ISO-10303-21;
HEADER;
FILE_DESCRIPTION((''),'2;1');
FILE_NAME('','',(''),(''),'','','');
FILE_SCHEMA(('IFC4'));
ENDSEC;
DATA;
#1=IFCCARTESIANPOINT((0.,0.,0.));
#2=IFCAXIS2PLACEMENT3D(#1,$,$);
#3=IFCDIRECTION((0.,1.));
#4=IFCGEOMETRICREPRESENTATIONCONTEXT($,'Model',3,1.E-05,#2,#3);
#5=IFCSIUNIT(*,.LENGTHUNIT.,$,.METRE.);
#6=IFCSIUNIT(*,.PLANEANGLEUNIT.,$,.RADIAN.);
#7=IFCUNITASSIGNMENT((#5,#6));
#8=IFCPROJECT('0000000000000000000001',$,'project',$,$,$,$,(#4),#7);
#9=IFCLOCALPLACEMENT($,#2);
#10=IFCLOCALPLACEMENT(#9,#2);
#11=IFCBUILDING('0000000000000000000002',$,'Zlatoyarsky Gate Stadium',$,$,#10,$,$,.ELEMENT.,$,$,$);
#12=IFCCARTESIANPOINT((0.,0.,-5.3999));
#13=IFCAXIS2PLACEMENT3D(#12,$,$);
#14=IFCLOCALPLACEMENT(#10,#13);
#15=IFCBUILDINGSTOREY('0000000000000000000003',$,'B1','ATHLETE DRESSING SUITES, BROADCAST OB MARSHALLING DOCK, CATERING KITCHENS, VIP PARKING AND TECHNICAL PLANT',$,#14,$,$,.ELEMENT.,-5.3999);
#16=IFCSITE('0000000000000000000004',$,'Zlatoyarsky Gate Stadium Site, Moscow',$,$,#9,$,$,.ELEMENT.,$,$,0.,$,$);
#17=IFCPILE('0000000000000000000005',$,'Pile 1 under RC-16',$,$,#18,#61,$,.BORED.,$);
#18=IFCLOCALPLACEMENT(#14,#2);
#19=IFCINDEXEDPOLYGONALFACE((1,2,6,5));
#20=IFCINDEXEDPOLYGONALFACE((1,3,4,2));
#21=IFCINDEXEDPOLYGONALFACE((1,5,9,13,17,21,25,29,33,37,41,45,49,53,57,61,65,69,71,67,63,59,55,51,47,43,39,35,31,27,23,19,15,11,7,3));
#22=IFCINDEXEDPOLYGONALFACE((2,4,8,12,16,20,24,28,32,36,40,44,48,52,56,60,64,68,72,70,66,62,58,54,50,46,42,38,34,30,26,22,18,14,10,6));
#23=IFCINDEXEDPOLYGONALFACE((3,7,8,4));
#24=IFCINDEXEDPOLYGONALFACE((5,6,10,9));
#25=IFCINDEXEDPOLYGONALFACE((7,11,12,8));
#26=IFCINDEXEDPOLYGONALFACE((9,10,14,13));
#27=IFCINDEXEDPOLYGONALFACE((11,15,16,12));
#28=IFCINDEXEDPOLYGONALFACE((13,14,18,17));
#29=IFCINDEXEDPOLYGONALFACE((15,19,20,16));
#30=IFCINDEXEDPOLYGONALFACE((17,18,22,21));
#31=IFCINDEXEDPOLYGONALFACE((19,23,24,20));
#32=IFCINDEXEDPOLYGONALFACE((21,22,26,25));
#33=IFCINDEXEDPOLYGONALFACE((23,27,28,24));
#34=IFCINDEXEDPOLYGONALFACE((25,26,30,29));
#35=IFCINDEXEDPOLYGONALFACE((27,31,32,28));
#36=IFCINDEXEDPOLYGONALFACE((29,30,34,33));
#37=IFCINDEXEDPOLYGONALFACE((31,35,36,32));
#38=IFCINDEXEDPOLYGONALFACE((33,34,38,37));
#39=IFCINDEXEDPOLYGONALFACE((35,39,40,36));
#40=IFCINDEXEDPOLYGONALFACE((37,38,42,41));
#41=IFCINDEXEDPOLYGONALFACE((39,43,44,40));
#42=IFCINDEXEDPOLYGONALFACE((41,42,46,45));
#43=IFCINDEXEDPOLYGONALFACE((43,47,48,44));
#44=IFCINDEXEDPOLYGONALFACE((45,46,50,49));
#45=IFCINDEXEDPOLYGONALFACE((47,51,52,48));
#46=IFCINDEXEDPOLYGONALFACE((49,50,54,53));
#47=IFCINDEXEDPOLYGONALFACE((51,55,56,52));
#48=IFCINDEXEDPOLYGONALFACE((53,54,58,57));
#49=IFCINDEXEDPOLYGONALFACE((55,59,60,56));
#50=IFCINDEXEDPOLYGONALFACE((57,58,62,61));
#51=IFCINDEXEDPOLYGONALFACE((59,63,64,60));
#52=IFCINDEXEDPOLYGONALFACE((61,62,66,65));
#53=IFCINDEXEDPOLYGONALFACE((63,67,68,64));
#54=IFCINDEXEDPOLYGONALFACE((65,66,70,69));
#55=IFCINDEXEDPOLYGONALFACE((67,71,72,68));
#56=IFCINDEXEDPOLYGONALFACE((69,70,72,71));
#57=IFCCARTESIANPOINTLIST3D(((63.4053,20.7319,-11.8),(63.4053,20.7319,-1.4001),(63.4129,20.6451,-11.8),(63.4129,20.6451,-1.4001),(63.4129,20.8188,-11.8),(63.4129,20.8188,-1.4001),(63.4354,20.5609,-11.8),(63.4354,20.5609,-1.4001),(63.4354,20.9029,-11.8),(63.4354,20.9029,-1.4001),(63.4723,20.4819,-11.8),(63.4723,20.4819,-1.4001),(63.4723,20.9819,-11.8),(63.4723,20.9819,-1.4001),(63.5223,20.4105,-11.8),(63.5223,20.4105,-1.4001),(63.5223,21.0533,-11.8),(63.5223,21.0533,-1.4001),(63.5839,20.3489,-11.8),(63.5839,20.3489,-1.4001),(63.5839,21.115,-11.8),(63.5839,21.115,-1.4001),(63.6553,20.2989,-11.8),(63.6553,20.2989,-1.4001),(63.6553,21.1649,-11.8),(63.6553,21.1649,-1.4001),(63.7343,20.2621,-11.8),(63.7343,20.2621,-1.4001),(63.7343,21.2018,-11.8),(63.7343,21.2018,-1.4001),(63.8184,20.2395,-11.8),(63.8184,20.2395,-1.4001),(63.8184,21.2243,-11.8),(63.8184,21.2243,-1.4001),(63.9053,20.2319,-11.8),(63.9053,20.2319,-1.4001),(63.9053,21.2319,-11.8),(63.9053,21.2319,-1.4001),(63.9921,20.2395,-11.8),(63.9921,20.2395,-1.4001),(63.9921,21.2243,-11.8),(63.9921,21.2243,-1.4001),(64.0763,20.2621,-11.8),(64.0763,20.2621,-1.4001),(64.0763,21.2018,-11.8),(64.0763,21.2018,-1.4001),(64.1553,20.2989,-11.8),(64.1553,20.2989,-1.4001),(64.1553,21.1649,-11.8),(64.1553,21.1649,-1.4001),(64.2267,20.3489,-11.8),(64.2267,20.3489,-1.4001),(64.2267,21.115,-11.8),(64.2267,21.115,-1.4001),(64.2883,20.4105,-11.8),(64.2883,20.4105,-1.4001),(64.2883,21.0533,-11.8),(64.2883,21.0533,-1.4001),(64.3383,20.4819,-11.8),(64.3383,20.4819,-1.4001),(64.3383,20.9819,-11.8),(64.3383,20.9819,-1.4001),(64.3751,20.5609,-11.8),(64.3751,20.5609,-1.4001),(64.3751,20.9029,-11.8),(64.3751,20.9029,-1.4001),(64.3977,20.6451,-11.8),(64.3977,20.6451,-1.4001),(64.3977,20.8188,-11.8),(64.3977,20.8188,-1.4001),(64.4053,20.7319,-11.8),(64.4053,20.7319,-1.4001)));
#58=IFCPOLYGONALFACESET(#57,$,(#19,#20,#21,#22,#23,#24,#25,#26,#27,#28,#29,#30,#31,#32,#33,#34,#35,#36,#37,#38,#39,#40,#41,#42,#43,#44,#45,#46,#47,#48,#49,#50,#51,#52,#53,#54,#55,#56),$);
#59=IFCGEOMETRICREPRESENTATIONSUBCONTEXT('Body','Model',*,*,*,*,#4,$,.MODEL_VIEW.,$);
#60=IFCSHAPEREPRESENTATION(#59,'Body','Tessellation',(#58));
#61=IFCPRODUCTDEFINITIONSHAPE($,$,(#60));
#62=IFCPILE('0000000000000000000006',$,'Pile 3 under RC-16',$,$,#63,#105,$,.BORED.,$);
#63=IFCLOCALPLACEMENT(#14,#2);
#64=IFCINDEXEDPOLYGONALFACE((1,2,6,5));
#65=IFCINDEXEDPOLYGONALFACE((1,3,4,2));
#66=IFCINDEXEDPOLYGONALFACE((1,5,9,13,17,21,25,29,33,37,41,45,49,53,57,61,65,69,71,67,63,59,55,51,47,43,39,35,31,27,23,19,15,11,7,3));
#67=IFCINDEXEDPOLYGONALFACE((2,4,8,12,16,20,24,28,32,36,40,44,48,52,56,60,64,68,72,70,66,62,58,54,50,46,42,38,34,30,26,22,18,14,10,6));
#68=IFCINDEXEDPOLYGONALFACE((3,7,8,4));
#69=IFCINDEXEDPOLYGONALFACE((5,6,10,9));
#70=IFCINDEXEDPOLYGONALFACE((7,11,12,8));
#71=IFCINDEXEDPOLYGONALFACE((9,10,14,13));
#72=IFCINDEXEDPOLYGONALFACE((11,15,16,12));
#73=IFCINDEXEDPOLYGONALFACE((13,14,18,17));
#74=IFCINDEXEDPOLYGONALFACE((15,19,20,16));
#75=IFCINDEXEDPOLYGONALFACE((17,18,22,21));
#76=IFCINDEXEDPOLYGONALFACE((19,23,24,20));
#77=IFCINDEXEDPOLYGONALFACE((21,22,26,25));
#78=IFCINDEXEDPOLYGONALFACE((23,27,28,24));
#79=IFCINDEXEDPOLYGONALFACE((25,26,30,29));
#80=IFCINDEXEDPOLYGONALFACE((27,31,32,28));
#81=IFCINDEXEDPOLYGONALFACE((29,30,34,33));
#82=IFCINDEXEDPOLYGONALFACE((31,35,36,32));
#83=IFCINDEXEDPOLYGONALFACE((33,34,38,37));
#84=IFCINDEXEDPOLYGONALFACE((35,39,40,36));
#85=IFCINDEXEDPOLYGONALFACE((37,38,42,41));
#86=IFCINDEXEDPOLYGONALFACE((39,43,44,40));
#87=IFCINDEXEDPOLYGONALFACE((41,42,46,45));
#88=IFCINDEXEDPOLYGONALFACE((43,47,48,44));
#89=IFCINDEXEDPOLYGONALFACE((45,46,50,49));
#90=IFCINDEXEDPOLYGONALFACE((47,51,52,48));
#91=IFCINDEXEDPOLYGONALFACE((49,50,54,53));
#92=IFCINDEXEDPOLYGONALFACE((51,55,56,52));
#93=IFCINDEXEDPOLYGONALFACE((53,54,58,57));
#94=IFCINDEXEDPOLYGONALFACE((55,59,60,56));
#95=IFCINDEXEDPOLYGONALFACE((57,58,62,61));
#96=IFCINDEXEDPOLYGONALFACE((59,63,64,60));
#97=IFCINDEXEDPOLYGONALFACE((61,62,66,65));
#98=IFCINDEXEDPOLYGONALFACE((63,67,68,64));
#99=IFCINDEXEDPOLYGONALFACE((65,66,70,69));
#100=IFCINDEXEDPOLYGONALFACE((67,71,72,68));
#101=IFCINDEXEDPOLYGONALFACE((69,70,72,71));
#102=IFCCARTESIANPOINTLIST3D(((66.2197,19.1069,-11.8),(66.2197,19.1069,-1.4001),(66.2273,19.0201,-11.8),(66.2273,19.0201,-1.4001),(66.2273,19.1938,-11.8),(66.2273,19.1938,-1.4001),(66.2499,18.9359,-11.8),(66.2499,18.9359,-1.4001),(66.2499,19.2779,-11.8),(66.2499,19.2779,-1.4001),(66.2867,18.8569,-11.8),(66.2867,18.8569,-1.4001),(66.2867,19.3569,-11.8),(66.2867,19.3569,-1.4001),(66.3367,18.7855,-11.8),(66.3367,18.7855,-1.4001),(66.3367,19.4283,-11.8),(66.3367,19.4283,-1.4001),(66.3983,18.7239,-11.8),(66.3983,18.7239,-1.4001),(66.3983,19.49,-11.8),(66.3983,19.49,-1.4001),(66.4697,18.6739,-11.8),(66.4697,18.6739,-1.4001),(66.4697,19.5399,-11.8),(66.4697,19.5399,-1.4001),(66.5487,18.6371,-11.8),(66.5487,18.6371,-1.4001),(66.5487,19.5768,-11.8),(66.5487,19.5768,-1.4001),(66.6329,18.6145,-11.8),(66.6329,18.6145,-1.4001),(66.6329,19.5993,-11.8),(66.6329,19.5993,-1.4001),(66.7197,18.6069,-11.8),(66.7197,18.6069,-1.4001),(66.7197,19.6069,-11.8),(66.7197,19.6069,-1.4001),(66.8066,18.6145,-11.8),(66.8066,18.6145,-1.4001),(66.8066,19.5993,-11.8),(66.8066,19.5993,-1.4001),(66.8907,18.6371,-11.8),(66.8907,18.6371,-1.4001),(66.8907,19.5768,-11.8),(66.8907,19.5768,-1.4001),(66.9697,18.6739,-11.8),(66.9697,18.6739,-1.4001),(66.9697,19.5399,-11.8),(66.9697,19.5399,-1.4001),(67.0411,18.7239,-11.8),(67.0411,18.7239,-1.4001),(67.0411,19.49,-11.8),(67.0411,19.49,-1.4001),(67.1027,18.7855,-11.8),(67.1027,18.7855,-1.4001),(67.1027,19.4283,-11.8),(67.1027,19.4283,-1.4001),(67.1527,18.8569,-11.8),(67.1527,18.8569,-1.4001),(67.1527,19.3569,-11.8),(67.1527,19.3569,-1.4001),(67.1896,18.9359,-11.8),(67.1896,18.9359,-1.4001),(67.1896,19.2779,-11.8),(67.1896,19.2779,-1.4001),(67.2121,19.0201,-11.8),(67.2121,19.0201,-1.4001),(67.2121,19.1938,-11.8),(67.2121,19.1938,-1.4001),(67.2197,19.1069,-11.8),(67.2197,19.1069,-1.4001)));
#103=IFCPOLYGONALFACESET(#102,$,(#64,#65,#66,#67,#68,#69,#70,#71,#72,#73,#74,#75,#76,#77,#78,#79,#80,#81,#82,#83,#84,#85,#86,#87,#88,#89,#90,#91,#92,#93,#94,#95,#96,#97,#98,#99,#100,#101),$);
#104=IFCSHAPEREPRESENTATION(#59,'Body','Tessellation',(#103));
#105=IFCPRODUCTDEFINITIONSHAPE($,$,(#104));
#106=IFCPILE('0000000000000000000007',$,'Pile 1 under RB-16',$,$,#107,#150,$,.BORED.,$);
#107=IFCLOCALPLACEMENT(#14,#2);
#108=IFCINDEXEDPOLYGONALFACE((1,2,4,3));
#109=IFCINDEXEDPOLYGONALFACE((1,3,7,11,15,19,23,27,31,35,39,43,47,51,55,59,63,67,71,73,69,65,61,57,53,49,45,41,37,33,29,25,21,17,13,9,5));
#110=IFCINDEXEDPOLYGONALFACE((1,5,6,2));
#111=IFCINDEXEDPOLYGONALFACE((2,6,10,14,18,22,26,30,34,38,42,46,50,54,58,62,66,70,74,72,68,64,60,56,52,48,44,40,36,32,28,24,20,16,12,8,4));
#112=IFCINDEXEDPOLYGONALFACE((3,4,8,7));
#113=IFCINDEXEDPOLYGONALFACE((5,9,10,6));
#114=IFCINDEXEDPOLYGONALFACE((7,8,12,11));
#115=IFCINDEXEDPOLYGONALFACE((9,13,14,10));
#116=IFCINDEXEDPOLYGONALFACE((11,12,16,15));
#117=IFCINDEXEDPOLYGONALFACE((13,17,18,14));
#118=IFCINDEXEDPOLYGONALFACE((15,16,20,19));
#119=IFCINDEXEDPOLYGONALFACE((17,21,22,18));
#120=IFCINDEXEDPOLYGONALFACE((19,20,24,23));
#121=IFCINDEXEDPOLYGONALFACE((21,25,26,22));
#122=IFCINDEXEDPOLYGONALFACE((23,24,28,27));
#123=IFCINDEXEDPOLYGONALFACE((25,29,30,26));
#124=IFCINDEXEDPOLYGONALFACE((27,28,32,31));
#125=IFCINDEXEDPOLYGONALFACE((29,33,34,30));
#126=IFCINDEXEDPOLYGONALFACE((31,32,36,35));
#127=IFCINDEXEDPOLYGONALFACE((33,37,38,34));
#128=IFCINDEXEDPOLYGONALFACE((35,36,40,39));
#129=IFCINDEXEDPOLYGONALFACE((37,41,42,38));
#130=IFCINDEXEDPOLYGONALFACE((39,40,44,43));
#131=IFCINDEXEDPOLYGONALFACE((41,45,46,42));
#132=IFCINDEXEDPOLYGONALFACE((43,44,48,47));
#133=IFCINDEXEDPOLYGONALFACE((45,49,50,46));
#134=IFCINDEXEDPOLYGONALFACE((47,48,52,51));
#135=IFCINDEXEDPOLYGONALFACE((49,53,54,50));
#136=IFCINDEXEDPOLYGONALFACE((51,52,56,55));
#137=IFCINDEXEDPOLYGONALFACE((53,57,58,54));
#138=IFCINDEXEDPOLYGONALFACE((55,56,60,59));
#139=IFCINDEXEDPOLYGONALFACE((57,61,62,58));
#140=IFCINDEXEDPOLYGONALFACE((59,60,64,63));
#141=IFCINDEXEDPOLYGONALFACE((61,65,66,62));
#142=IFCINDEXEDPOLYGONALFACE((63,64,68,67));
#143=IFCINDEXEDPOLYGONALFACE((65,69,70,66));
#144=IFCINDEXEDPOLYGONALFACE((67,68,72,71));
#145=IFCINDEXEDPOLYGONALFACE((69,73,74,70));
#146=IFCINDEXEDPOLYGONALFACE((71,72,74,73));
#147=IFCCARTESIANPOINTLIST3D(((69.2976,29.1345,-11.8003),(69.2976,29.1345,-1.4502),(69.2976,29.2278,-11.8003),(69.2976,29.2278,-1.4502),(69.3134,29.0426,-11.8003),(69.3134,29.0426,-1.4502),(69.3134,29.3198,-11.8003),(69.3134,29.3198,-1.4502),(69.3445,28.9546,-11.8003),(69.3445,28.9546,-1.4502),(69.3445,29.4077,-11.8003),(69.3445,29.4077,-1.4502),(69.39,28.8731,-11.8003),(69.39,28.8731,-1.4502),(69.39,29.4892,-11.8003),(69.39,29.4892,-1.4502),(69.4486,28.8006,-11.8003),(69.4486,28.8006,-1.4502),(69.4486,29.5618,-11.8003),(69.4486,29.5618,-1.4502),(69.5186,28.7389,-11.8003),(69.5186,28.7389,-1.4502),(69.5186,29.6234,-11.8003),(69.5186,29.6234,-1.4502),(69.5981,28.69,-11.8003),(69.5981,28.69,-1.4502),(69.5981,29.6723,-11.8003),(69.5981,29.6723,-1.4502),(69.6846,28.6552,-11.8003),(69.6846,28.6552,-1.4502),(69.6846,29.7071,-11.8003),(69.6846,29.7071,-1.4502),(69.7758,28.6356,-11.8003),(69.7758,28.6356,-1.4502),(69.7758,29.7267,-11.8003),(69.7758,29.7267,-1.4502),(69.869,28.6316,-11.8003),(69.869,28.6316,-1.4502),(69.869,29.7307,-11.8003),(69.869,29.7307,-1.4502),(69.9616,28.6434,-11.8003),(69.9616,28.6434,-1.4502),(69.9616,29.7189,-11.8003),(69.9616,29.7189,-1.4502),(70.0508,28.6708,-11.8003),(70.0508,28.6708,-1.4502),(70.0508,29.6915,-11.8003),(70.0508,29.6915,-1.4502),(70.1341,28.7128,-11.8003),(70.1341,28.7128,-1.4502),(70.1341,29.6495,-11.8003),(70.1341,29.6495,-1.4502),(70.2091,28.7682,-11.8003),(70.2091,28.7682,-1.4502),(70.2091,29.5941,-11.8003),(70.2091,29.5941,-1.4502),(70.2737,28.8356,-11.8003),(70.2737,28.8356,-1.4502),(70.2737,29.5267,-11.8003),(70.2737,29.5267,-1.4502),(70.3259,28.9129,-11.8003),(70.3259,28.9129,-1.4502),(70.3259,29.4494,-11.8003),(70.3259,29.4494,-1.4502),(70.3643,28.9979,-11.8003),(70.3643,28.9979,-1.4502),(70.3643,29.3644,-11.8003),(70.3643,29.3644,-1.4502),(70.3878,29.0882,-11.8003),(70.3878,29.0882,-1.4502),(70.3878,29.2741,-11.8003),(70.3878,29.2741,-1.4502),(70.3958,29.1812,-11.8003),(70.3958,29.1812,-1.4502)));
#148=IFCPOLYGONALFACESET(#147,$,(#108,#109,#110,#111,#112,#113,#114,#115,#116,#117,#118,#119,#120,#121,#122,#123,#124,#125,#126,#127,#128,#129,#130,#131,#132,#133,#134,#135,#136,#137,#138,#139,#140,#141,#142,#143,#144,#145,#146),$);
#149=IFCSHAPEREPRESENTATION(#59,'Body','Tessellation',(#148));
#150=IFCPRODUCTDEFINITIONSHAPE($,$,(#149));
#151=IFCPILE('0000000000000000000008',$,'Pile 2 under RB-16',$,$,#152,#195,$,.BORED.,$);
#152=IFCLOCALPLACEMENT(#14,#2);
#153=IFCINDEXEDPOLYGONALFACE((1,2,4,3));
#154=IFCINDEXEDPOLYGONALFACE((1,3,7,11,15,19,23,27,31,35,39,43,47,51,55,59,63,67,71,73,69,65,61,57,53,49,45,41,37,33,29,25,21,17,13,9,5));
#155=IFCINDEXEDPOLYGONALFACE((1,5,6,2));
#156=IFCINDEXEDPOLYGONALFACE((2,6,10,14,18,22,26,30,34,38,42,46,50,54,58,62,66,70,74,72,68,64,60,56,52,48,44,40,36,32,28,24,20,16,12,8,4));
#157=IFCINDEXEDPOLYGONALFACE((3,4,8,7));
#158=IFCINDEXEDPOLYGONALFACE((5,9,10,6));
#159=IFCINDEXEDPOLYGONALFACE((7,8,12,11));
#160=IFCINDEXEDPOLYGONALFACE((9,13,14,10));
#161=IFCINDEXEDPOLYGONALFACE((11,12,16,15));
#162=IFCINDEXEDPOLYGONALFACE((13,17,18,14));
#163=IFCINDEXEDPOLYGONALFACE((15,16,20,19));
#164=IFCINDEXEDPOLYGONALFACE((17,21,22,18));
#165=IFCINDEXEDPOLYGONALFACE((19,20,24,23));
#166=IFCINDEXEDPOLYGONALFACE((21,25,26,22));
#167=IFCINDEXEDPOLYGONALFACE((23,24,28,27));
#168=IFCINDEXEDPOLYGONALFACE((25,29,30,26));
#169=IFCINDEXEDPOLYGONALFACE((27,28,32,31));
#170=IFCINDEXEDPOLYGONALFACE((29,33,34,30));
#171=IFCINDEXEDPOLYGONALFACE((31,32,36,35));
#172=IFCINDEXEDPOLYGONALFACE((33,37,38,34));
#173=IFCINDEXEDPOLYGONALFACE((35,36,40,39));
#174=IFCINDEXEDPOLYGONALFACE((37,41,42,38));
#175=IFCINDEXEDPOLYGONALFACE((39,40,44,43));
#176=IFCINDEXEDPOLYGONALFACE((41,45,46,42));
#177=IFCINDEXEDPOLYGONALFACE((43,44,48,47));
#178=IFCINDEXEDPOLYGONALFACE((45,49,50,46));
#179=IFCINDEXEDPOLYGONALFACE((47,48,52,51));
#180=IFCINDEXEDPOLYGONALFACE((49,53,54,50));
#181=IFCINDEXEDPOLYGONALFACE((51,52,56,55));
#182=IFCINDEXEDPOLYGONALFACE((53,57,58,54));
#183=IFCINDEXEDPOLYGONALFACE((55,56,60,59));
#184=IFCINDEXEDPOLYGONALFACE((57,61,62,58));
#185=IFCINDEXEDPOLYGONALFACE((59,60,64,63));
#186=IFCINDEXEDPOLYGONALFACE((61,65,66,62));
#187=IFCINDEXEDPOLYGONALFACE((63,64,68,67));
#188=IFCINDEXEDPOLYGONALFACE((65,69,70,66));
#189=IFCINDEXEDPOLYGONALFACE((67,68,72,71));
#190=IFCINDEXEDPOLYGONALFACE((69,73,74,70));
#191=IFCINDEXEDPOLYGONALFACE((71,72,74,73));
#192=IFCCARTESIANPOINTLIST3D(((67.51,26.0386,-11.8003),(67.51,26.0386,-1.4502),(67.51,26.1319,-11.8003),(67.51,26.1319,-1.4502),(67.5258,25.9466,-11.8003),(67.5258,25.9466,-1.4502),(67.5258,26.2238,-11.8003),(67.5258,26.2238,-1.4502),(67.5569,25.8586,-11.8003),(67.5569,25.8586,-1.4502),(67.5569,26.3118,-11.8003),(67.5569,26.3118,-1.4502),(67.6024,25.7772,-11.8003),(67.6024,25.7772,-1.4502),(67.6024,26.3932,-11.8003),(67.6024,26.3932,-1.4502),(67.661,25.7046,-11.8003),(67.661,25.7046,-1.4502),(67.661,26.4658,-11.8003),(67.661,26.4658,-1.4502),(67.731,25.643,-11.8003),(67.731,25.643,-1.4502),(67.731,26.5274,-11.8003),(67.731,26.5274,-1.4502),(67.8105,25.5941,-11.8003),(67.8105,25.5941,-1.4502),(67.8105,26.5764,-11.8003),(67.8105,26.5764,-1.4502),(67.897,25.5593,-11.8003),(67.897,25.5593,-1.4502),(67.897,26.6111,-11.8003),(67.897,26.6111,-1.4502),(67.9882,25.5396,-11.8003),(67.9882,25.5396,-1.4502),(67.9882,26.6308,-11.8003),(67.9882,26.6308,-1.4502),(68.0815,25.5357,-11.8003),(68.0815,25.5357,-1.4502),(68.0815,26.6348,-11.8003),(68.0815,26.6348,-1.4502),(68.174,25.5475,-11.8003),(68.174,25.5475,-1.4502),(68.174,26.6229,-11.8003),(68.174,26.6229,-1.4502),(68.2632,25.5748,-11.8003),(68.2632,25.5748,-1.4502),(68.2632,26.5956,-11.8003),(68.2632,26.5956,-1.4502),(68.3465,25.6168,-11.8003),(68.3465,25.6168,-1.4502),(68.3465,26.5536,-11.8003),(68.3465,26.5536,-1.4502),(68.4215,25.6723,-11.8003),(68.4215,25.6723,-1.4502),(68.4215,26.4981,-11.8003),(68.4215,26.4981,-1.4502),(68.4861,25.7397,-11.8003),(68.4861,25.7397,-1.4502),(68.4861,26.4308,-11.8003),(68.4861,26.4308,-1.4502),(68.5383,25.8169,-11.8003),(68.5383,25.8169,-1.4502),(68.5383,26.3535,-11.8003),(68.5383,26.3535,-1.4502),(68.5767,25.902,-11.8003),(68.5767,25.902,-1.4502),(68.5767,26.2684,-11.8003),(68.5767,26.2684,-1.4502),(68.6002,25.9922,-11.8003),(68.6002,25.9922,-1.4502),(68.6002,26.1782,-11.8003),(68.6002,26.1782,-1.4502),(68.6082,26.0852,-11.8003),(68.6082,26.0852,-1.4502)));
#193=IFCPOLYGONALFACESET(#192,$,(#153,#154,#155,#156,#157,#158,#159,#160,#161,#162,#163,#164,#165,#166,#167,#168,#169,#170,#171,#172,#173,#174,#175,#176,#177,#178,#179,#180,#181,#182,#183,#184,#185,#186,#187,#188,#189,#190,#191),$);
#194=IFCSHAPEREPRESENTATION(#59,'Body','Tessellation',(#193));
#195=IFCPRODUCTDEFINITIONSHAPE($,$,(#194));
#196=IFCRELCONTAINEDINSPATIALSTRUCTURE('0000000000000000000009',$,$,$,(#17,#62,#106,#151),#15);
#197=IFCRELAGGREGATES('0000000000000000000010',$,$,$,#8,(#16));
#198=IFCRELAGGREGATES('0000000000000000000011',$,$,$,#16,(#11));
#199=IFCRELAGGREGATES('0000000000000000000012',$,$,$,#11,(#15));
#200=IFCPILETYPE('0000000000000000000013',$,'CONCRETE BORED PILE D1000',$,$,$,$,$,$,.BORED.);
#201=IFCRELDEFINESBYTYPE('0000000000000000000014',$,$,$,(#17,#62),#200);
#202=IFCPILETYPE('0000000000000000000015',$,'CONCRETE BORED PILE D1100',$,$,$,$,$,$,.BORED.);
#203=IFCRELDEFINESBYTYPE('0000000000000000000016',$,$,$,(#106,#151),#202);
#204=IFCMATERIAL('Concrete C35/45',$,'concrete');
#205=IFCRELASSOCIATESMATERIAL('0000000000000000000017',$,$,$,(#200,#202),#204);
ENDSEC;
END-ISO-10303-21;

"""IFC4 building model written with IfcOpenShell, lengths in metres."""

from ifc_helpers import new_model, si_unit, direction, frame, origin, origin_2d, place, context, subcontext, project, spatial, circle, extrude, material, material_profile, profile_set, type_object, element, save


model = new_model("IFC4")

# Units and contexts
model_context = context("Model", 3, precision=1e-05, world=origin(), true_north=direction((0.0, 1.0)))
body_context = subcontext(model_context, "Body", "Model", "MODEL_VIEW")
ifc_project = project(units=[si_unit("LENGTHUNIT", "METRE"), si_unit("PLANEANGLEUNIT", "RADIAN")], contexts=[model_context])

# Site, building, storey
site_placement = place(None, origin())
site = spatial("IfcSite", under=ifc_project, at=site_placement, Name="Zlatoyarsky Gate Stadium Site, Moscow", CompositionType="ELEMENT", RefElevation=0.0)
building_placement = place(site_placement, origin())
building = spatial("IfcBuilding", under=site, at=building_placement, Name="Zlatoyarsky Gate Stadium", CompositionType="ELEMENT")
storey_placement = place(building_placement, frame((0.0, 0.0, -5.3999)))
storey = spatial("IfcBuildingStorey", under=building, at=storey_placement, Name="B1", Description="ATHLETE DRESSING SUITES, BROADCAST OB MARSHALLING DOCK, CATERING KITCHENS, VIP PARKING AND TECHNICAL PLANT", CompositionType="ELEMENT", Elevation=-5.3999)

# Piles
ifc_material_1 = material(Name="Concrete C35/45", Category="concrete")
ifc_material_profile_1 = material_profile(ifc_material_1, circle(Radius=0.5, at=origin_2d()), Name="BORED PILE D1000")
ifc_profile_set_1 = profile_set([ifc_material_profile_1], Name="Concrete C35/45")
pile_type_1 = type_object("IfcPileType", Name="CONCRETE BORED PILE D1000", PredefinedType="BORED", material=ifc_profile_set_1)
for number, where, z_axis, x_axis, name in (
    (1, (63.9053, 20.7319, -1.4001), (0.0, 0.0, -1.0), (1.0, 0.0, 0.0), "Pile 1 under RC-16"),
    (2, (66.7197, 19.1069, -1.4001), (0.0, 0.0, -1.0), (1.0, 0.0, 0.0), "Pile 3 under RC-16"),
):
    element("IfcPile", number, at=place(storey_placement, frame(where, z_axis=z_axis, x_axis=x_axis)), inside=storey, type_object=pile_type_1, Name=name, PredefinedType="BORED", context=body_context, shape_type="SweptSolid", body=[
        extrude(circle(Radius=0.5, at=origin_2d()), origin(), (0.0, 0.0, 1.0), 10.3999),
    ])
ifc_material_profile_2 = material_profile(ifc_material_1, circle(Radius=0.55, at=origin_2d()), Name="BORED PILE D1100")
ifc_profile_set_2 = profile_set([ifc_material_profile_2], Name="Concrete C35/45")
pile_type_2 = type_object("IfcPileType", Name="CONCRETE BORED PILE D1100", PredefinedType="BORED", material=ifc_profile_set_2)
for number, where, z_axis, x_axis, name in (
    (3, (69.8457, 29.1812, -1.4502), (0.0, 0.0, -1.0), (1.0, 0.0, 0.0), "Pile 1 under RB-16"),
    (4, (68.0581, 26.0852, -1.4502), (0.0, 0.0, -1.0), (1.0, 0.0, 0.0), "Pile 2 under RB-16"),
):
    element("IfcPile", number, at=place(storey_placement, frame(where, z_axis=z_axis, x_axis=x_axis)), inside=storey, type_object=pile_type_2, Name=name, PredefinedType="BORED", context=body_context, shape_type="SweptSolid", body=[
        extrude(circle(Radius=0.55, at=origin_2d()), origin(), (0.0, 0.0, 1.0), 10.3501),
    ])

save(model, "model.ifc")
